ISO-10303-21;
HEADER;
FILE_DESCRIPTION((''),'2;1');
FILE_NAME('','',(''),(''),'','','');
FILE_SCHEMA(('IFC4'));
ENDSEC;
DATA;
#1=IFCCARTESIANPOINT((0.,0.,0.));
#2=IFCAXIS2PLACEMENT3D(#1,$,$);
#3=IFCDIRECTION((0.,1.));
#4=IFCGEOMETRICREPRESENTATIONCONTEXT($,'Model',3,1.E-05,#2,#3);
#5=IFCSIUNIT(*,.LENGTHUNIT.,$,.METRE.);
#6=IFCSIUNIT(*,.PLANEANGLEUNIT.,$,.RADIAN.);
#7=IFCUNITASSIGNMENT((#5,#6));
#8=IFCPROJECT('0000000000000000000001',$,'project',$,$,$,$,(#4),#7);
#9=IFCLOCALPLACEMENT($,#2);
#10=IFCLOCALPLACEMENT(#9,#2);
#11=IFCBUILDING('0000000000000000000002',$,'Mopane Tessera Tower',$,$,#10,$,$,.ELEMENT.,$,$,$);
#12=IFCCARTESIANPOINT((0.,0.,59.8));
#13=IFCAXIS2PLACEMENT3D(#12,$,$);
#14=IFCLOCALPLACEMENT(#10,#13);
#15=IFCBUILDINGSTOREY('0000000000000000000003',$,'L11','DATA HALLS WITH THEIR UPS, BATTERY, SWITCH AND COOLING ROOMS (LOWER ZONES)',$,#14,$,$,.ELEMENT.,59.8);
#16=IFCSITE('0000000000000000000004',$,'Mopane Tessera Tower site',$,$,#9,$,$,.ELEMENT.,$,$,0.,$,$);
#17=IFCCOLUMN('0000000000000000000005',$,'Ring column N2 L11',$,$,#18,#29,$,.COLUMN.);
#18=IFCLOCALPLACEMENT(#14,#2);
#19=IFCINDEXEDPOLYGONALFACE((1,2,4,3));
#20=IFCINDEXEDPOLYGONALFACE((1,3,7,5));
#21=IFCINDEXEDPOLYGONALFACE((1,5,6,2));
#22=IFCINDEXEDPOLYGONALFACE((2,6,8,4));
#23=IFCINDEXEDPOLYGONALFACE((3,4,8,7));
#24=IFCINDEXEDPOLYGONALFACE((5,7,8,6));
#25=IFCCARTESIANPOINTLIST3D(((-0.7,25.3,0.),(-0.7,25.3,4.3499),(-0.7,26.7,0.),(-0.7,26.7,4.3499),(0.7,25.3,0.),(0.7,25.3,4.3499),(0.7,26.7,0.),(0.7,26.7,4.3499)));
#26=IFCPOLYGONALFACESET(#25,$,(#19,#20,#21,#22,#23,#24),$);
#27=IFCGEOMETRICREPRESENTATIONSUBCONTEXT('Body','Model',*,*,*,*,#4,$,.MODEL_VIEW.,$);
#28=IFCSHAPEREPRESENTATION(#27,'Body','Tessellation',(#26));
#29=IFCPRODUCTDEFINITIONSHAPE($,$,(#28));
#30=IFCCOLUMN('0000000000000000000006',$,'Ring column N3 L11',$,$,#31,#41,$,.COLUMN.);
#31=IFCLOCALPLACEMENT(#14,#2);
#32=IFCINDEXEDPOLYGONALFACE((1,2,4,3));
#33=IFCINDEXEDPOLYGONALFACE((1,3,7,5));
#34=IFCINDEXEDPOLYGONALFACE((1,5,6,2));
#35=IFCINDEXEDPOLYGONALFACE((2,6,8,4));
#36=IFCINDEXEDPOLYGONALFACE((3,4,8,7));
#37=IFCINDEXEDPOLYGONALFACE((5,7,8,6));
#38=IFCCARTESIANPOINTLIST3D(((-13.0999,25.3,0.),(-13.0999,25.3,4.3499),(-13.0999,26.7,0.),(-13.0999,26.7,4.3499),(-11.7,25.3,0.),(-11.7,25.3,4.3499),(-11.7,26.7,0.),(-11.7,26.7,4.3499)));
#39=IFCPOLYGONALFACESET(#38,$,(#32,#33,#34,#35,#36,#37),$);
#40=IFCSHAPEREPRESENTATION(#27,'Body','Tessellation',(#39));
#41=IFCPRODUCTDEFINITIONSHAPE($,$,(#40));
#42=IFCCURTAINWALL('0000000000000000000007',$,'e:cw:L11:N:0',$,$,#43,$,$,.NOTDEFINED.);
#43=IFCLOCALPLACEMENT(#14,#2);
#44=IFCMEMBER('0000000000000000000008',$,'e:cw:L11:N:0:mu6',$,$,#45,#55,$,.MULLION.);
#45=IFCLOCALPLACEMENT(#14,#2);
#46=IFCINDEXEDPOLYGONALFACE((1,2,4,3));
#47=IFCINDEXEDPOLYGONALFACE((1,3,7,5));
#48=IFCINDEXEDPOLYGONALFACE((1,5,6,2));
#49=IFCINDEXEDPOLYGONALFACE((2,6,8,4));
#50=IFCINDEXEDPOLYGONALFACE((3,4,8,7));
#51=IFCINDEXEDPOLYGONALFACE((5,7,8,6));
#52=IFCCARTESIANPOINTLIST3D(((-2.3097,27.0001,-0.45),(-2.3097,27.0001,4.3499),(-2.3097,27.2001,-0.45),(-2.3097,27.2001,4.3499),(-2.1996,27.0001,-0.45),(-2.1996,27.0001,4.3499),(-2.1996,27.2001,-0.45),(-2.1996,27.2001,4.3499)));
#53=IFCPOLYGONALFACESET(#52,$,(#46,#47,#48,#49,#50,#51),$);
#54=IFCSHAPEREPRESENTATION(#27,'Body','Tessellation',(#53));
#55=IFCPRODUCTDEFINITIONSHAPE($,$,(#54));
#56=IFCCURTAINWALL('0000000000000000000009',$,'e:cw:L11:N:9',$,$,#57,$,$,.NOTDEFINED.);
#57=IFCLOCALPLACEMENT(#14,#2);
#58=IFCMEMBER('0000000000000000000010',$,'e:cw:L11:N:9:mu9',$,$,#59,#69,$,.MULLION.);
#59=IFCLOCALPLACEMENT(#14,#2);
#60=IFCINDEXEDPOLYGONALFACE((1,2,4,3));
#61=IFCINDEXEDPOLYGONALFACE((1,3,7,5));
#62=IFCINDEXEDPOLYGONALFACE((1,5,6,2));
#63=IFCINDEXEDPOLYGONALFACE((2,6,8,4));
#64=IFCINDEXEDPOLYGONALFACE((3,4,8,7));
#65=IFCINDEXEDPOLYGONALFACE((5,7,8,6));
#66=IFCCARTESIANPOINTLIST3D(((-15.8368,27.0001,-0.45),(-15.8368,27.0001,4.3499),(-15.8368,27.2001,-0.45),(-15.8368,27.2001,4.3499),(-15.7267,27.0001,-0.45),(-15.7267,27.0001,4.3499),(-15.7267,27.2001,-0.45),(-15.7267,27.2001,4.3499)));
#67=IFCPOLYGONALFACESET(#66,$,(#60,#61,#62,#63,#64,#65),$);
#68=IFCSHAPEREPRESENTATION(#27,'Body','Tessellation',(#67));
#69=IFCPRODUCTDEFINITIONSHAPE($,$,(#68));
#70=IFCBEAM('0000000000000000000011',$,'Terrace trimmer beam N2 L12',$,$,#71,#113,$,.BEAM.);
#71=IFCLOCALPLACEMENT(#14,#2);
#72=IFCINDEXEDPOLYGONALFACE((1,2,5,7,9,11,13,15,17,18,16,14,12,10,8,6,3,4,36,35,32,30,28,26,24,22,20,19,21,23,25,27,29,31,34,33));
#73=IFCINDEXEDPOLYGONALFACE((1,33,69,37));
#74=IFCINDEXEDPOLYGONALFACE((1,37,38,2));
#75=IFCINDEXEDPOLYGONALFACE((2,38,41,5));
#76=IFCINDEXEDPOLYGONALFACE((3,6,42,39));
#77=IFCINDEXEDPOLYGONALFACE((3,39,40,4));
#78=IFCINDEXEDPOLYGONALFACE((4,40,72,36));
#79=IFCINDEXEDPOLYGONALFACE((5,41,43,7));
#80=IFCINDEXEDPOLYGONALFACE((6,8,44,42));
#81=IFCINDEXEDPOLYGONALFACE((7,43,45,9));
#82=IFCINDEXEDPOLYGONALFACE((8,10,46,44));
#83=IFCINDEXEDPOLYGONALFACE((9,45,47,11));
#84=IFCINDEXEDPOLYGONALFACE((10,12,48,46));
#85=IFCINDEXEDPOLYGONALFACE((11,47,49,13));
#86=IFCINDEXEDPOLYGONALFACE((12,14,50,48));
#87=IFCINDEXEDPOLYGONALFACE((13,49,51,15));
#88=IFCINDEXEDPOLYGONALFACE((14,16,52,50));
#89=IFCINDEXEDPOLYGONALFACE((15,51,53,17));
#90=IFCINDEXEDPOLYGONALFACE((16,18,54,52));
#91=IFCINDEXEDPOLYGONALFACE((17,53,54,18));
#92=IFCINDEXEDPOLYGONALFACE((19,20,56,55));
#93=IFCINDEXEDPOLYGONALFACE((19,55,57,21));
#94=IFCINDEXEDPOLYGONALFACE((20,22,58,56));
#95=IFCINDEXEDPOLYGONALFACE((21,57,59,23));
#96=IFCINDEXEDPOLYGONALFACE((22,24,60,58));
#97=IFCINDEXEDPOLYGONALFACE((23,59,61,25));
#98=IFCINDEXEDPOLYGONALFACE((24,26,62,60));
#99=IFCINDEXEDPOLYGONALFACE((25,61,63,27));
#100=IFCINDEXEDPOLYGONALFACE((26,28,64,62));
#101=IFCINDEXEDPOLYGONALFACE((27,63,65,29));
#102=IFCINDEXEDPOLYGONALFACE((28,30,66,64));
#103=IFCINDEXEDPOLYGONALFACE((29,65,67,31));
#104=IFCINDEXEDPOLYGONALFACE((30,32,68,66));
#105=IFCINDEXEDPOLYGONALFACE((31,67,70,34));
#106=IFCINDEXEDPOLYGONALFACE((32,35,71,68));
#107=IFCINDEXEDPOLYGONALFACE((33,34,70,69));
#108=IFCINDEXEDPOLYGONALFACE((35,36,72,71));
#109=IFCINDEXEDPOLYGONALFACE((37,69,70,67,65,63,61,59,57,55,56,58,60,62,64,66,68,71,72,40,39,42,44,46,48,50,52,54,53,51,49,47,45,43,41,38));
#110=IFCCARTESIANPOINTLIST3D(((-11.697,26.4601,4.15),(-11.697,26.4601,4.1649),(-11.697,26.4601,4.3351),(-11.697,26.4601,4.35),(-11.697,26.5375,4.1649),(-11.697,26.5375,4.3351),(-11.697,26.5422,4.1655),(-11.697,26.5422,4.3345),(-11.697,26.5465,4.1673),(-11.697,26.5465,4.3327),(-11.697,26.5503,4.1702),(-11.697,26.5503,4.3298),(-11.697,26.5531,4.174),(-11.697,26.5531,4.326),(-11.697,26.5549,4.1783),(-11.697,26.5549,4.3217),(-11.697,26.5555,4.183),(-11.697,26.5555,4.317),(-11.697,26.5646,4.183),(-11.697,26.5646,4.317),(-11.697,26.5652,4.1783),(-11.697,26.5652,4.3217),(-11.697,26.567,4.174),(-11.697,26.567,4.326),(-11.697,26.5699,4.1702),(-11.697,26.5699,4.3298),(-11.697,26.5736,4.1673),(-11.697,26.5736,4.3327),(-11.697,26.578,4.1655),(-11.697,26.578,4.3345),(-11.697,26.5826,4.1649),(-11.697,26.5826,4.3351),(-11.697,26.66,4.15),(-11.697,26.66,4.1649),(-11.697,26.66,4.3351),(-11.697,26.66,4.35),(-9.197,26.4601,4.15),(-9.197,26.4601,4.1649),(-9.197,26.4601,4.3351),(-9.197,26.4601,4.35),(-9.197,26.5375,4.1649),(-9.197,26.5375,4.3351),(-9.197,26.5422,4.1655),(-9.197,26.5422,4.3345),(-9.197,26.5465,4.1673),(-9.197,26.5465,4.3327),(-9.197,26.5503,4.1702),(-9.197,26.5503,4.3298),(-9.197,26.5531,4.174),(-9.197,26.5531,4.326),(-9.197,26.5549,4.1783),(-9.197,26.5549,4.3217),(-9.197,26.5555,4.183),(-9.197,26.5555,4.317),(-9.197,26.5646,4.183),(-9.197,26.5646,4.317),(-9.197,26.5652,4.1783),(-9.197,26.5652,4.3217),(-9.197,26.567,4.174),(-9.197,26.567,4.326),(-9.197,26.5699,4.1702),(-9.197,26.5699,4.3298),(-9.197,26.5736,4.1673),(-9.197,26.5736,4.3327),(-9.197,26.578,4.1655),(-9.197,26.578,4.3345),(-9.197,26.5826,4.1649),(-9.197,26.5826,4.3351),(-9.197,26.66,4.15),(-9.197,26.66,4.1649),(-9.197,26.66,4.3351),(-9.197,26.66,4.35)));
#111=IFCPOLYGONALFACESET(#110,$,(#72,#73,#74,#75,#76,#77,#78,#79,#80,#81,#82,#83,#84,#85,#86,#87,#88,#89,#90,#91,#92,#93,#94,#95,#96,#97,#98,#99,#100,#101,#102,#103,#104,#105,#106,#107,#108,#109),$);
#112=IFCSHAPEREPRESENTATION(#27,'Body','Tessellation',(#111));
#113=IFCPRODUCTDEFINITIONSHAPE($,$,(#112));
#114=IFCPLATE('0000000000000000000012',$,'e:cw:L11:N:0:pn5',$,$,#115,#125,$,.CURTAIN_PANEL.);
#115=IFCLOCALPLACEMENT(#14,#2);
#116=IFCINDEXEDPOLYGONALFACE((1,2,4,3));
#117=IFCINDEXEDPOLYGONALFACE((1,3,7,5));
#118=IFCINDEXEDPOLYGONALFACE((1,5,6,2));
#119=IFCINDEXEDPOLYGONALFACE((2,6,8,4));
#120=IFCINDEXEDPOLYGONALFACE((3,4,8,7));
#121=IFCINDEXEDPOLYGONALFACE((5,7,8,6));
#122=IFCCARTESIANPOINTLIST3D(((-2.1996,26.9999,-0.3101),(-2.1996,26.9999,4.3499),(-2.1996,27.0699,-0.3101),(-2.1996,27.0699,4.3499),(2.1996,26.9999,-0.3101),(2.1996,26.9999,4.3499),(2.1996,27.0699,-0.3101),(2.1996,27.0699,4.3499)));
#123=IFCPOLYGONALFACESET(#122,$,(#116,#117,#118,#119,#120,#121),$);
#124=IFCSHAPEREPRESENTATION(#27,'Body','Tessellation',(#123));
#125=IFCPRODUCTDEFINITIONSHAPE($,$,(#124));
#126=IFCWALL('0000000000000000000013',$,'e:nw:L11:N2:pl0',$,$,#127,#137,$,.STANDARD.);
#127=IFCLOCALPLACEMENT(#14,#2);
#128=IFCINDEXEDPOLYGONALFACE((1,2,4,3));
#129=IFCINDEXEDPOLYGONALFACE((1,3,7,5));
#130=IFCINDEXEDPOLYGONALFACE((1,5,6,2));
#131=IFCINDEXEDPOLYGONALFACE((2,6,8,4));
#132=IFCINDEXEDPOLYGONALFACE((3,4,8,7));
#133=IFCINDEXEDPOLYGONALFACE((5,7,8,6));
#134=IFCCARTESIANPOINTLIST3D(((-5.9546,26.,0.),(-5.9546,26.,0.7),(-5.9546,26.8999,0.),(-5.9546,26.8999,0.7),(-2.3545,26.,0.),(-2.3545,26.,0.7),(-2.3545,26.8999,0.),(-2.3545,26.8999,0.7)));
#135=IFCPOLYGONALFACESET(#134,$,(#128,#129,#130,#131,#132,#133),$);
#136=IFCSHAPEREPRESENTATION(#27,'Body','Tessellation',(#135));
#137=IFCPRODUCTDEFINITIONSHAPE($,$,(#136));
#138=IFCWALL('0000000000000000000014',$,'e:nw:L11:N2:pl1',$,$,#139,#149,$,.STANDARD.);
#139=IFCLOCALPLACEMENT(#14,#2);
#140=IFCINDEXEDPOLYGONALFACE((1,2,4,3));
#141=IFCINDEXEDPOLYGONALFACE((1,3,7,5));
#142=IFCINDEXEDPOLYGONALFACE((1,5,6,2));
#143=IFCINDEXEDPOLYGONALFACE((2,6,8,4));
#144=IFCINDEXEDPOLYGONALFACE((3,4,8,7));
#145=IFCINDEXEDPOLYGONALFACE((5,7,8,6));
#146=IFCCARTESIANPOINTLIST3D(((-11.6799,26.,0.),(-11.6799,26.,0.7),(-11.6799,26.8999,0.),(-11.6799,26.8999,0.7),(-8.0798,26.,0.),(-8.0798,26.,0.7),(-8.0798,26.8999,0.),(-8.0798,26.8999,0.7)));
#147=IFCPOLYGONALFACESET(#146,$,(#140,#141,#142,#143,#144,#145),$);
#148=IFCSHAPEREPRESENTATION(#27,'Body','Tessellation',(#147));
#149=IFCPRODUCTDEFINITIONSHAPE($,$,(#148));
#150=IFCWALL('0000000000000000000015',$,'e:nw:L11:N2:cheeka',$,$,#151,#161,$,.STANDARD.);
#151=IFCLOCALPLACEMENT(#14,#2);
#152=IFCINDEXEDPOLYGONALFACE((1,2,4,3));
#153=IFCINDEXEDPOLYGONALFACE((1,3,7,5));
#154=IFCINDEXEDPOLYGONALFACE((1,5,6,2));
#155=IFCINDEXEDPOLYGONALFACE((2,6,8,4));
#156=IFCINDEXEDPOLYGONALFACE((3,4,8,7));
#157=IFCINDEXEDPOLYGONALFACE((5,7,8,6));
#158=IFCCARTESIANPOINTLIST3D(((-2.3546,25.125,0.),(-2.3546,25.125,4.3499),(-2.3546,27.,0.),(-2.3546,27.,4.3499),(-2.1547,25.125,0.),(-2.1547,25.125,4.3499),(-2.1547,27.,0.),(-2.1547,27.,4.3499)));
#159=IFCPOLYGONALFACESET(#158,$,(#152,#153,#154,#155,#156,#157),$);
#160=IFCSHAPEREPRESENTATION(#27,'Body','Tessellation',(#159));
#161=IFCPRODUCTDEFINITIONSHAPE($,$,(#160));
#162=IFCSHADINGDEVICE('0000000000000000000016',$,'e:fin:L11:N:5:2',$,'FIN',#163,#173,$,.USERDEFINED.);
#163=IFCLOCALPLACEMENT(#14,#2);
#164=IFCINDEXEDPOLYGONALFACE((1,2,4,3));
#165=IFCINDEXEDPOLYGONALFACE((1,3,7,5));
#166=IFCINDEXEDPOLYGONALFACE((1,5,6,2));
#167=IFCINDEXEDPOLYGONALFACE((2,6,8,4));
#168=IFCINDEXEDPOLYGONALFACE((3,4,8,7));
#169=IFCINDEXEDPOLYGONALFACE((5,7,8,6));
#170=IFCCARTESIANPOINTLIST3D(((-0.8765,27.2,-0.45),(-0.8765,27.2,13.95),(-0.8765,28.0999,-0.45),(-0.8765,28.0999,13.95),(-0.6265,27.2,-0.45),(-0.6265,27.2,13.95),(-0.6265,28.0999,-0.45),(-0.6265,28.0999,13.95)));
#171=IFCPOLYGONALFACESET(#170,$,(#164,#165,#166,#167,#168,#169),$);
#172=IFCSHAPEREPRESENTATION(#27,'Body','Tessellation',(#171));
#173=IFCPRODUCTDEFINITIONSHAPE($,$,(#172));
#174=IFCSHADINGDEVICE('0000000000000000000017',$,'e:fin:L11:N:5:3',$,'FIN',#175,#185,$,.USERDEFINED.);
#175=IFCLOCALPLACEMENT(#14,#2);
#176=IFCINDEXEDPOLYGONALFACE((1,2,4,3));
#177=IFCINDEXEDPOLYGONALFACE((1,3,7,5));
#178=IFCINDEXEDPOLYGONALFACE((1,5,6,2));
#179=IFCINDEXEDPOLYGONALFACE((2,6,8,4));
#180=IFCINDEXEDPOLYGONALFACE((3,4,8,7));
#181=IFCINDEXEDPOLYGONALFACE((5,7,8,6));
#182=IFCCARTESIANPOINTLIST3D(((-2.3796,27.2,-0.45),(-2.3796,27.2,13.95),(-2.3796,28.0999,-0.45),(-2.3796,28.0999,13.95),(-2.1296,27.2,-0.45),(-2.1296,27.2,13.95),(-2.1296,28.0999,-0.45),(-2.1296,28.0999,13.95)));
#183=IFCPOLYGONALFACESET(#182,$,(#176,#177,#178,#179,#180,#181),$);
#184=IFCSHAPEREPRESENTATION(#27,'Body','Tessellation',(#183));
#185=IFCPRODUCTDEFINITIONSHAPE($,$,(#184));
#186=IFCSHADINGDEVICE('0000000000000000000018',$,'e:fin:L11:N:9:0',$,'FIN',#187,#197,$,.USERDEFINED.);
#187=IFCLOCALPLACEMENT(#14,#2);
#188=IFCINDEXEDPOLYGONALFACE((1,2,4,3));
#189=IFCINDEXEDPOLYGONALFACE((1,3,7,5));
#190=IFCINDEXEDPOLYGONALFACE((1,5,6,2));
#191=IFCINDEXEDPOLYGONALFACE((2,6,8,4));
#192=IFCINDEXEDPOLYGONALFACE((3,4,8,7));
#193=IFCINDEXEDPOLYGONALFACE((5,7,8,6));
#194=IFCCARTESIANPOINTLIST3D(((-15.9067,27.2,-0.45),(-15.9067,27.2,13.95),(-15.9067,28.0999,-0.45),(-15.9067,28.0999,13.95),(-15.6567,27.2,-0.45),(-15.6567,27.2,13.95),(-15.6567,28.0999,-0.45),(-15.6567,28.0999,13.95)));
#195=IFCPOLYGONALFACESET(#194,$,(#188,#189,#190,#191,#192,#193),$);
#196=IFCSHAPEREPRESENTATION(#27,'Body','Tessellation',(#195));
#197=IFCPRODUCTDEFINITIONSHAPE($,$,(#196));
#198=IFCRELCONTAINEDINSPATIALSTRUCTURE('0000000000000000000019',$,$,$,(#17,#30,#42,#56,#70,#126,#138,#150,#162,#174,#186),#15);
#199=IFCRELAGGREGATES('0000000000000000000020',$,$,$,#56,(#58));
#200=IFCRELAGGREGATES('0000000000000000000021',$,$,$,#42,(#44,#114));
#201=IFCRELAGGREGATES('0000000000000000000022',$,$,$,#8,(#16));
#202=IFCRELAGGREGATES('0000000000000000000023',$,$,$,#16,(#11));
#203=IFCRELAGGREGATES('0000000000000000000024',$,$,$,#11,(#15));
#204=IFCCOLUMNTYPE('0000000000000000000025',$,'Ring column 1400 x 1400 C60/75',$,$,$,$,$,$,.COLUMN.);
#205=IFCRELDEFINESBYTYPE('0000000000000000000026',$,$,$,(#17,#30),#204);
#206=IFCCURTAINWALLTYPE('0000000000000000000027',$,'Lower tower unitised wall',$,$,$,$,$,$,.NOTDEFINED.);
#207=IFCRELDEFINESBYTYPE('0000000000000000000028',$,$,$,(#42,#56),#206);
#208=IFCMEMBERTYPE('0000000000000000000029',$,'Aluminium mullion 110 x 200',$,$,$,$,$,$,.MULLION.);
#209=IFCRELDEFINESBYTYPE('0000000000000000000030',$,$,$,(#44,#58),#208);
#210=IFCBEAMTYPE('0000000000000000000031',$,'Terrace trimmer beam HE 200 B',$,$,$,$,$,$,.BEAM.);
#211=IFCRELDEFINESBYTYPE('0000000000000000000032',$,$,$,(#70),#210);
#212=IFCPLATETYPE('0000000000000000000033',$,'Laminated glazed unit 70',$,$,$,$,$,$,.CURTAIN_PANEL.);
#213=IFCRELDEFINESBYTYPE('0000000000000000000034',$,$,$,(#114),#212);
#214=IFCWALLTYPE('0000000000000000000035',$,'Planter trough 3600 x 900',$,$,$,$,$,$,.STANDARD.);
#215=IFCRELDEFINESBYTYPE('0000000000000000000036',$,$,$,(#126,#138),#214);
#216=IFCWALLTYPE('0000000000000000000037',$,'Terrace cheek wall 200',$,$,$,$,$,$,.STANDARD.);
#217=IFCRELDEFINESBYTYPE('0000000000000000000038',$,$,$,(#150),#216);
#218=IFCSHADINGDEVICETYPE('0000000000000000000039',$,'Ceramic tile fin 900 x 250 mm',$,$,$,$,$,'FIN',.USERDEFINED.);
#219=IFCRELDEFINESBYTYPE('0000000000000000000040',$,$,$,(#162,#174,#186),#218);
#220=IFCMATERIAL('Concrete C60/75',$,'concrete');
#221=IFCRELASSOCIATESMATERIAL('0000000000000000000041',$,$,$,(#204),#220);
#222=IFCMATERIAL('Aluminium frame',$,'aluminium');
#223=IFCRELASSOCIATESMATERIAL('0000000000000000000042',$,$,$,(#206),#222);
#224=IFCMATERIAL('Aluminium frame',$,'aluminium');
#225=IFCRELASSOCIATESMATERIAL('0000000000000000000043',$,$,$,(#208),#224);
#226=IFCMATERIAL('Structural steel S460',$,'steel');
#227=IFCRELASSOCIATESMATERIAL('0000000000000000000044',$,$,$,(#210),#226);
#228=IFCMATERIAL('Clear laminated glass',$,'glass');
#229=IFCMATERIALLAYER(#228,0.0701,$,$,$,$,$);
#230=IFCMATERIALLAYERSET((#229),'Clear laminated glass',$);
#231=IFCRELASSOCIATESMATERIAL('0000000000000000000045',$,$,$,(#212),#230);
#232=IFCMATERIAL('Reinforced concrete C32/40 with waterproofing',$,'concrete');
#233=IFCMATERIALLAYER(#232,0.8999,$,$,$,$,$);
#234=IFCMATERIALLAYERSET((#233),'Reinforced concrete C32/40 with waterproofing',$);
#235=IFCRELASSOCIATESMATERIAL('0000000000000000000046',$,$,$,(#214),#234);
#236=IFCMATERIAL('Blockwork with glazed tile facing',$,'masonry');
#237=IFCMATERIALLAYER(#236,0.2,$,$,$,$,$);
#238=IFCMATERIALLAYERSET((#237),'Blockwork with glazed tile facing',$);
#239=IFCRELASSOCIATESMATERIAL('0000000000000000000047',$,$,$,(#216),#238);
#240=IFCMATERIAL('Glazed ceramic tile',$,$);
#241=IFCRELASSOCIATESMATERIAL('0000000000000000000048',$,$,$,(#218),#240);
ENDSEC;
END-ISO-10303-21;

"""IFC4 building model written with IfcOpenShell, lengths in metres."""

from ifc_helpers import new_model, si_unit, direction, frame, frame_2d, origin, origin_2d, place, context, subcontext, project, spatial, rectangle, i_section, extrude, material, layer, layer_set, material_profile, profile_set, type_object, element, aggregate, save


model = new_model("IFC4")

# Units and contexts
model_context = context("Model", 3, precision=1e-05, world=origin(), true_north=direction((0.0, 1.0)))
body_context = subcontext(model_context, "Body", "Model", "MODEL_VIEW")
ifc_project = project(units=[si_unit("LENGTHUNIT", "METRE"), si_unit("PLANEANGLEUNIT", "RADIAN")], contexts=[model_context])

# Site, building, storey
site_placement = place(None, origin())
site = spatial("IfcSite", under=ifc_project, at=site_placement, Name="Mopane Tessera Tower site", CompositionType="ELEMENT", RefElevation=0.0)
building_placement = place(site_placement, origin())
building = spatial("IfcBuilding", under=site, at=building_placement, Name="Mopane Tessera Tower", CompositionType="ELEMENT")
storey_placement = place(building_placement, frame((0.0, 0.0, 59.8)))
storey = spatial("IfcBuildingStorey", under=building, at=storey_placement, Name="L11", Description="DATA HALLS WITH THEIR UPS, BATTERY, SWITCH AND COOLING ROOMS (LOWER ZONES)", CompositionType="ELEMENT", Elevation=59.8)

# Columns
ifc_material_1 = material(Name="Concrete C60/75", Category="concrete")
ifc_material_profile_1 = material_profile(ifc_material_1, rectangle(XDim=1.3999, YDim=1.3999, at=origin_2d()))
ifc_profile_set_1 = profile_set([ifc_material_profile_1], Name="Concrete C60/75")
column_type = type_object("IfcColumnType", Name="Ring column 1400 x 1400 C60/75", PredefinedType="COLUMN", material=ifc_profile_set_1)
for number, where, z_axis, x_axis, name in (
    (1, (0.0, 26.0, 0.0), (0.0, 0.0, 1.0), (1.0, 0.0, 0.0), "Ring column N2 L11"),
    (2, (-12.3999, 26.0, 0.0), (0.0, 0.0, 1.0), (1.0, 0.0, 0.0), "Ring column N3 L11"),
):
    element("IfcColumn", number, at=place(storey_placement, frame(where, z_axis=z_axis, x_axis=x_axis)), inside=storey, type_object=column_type, Name=name, PredefinedType="COLUMN", context=body_context, shape_type="SweptSolid", body=[
        extrude(rectangle(XDim=1.3999, YDim=1.3999, at=origin_2d()), origin(), (0.0, 0.0, 1.0), 4.3499),
    ])

# Curtain walls, members
ifc_material_2 = material(Name="Aluminium frame", Category="aluminium")
curtain_wall_type = type_object("IfcCurtainWallType", Name="Lower tower unitised wall", PredefinedType="NOTDEFINED", material=ifc_material_2)
curtain_wall_1_placement = place(storey_placement, origin())
curtain_wall_1 = element("IfcCurtainWall", 3, at=curtain_wall_1_placement, inside=storey, type_object=curtain_wall_type, Name="e:cw:L11:N:0", PredefinedType="NOTDEFINED")
ifc_material_3 = material(Name="Aluminium frame", Category="aluminium")
ifc_material_profile_2 = material_profile(ifc_material_3, rectangle(XDim=0.1101, YDim=0.2, at=origin_2d()))
ifc_profile_set_2 = profile_set([ifc_material_profile_2], Name="Aluminium frame")
member_type = type_object("IfcMemberType", Name="Aluminium mullion 110 x 200", PredefinedType="MULLION", material=ifc_profile_set_2)
member_1_placement = place(storey_placement, frame((-2.2546, 27.1001, -0.45), z_axis=(0.0, 0.0, 1.0), x_axis=(-1.0, 0.0, 0.0)))
member_1 = element("IfcMember", 4, at=member_1_placement, type_object=member_type, Name="e:cw:L11:N:0:mu6", PredefinedType="MULLION", context=body_context, shape_type="SweptSolid", body=[
    extrude(rectangle(XDim=0.1101, YDim=0.2, at=origin_2d()), origin(), (0.0, 0.0, 1.0), 4.7998),
])
curtain_wall_2_placement = place(storey_placement, origin())
curtain_wall_2 = element("IfcCurtainWall", 5, at=curtain_wall_2_placement, inside=storey, type_object=curtain_wall_type, Name="e:cw:L11:N:9", PredefinedType="NOTDEFINED")
member_2_placement = place(storey_placement, frame((-15.7817, 27.1001, -0.45), z_axis=(0.0, 0.0, 1.0), x_axis=(-1.0, 0.0, 0.0)))
member_2 = element("IfcMember", 6, at=member_2_placement, type_object=member_type, Name="e:cw:L11:N:9:mu9", PredefinedType="MULLION", context=body_context, shape_type="SweptSolid", body=[
    extrude(rectangle(XDim=0.1101, YDim=0.2, at=origin_2d()), origin(), (0.0, 0.0, 1.0), 4.7998),
])
aggregate(curtain_wall_2, [member_2])

# Beam
ifc_material_4 = material(Name="Structural steel S460", Category="steel")
ifc_material_profile_3 = material_profile(ifc_material_4, i_section(OverallWidth=0.2, OverallDepth=0.2, WebThickness=0.009, FlangeThickness=0.0149, FilletRadius=0.0181, at=origin_2d()))
ifc_profile_set_3 = profile_set([ifc_material_profile_3], Name="Structural steel S460")
beam_type = type_object("IfcBeamType", Name="Terrace trimmer beam HE 200 B", PredefinedType="BEAM", material=ifc_profile_set_3)
beam_placement = place(storey_placement, frame((-11.697, 26.5601, 4.25), z_axis=(1.0, 0.0, 0.0), x_axis=(0.0, 1.0, 0.0)))
element("IfcBeam", 7, at=beam_placement, inside=storey, type_object=beam_type, Name="Terrace trimmer beam N2 L12", PredefinedType="BEAM", context=body_context, shape_type="SweptSolid", body=[
    extrude(i_section(OverallWidth=0.2, OverallDepth=0.2, WebThickness=0.009, FlangeThickness=0.0149, FilletRadius=0.0181, at=origin_2d()), origin(), (0.0, 0.0, 1.0), 2.5),
])

# Plate
ifc_material_5 = material(Name="Clear laminated glass", Category="glass")
ifc_layer_1 = layer(ifc_material_5, 0.0701)
ifc_layer_set_1 = layer_set([ifc_layer_1], Name="Clear laminated glass")
plate_type = type_object("IfcPlateType", Name="Laminated glazed unit 70", PredefinedType="CURTAIN_PANEL", material=ifc_layer_set_1)
plate_placement = place(storey_placement, frame((0.0, 27.0349, -0.3101), z_axis=(0.0, 0.0, 1.0), x_axis=(-1.0, 0.0, 0.0)))
plate = element("IfcPlate", 8, at=plate_placement, type_object=plate_type, Name="e:cw:L11:N:0:pn5", PredefinedType="CURTAIN_PANEL", context=body_context, shape_type="SweptSolid", body=[
    extrude(rectangle(XDim=4.3992, YDim=0.0701, at=origin_2d()), origin(), (0.0, 0.0, 1.0), 4.6599),
])
aggregate(curtain_wall_1, [member_1, plate])

# Walls
ifc_material_6 = material(Name="Reinforced concrete C32/40 with waterproofing", Category="concrete")
ifc_layer_2 = layer(ifc_material_6, 0.8999)
ifc_layer_set_2 = layer_set([ifc_layer_2], Name="Reinforced concrete C32/40 with waterproofing")
wall_type_1 = type_object("IfcWallType", Name="Planter trough 3600 x 900", PredefinedType="STANDARD", material=ifc_layer_set_2)
for number, where, z_axis, x_axis, name in (
    (9, (-2.3545, 26.45, 0.0), (0.0, 0.0, 1.0), (-1.0, 0.0, 0.0), "e:nw:L11:N2:pl0"),
    (10, (-8.0798, 26.45, 0.0), (0.0, 0.0, 1.0), (-1.0, 0.0, 0.0), "e:nw:L11:N2:pl1"),
):
    element("IfcWall", number, at=place(storey_placement, frame(where, z_axis=z_axis, x_axis=x_axis)), inside=storey, type_object=wall_type_1, Name=name, PredefinedType="STANDARD", context=body_context, shape_type="SweptSolid", body=[
        extrude(rectangle(XDim=3.6001, YDim=0.8999, at=frame_2d((1.8, 0.0))), origin(), (0.0, 0.0, 1.0), 0.7),
    ])
ifc_material_7 = material(Name="Blockwork with glazed tile facing", Category="masonry")
ifc_layer_3 = layer(ifc_material_7, 0.2)
ifc_layer_set_3 = layer_set([ifc_layer_3], Name="Blockwork with glazed tile facing")
wall_type_2 = type_object("IfcWallType", Name="Terrace cheek wall 200", PredefinedType="STANDARD", material=ifc_layer_set_3)
wall_placement = place(storey_placement, frame((-2.2546, 27.0, 0.0), z_axis=(0.0, 0.0, 1.0), x_axis=(0.0, -1.0, 0.0)))
element("IfcWall", 11, at=wall_placement, inside=storey, type_object=wall_type_2, Name="e:nw:L11:N2:cheeka", PredefinedType="STANDARD", context=body_context, shape_type="SweptSolid", body=[
    extrude(rectangle(XDim=1.875, YDim=0.2, at=frame_2d((0.9375, 0.0))), origin(), (0.0, 0.0, 1.0), 4.3499),
])

# Shading devices
ifc_material_8 = material(Name="Glazed ceramic tile")
shading_device_type = type_object("IfcShadingDeviceType", Name="Ceramic tile fin 900 x 250 mm", ElementType="FIN", PredefinedType="USERDEFINED", material=ifc_material_8)
for number, where, z_axis, x_axis, name in (
    (12, (-0.7515, 27.6499, -0.45), (0.0, 0.0, 1.0), (-1.0, 0.0, 0.0), "e:fin:L11:N:5:2"),
    (13, (-2.2546, 27.6499, -0.45), (0.0, 0.0, 1.0), (-1.0, 0.0, 0.0), "e:fin:L11:N:5:3"),
    (14, (-15.7817, 27.6499, -0.45), (0.0, 0.0, 1.0), (-1.0, 0.0, 0.0), "e:fin:L11:N:9:0"),
):
    element("IfcShadingDevice", number, at=place(storey_placement, frame(where, z_axis=z_axis, x_axis=x_axis)), inside=storey, type_object=shading_device_type, Name=name, ObjectType="FIN", PredefinedType="USERDEFINED", context=body_context, shape_type="SweptSolid", body=[
        extrude(rectangle(XDim=0.25, YDim=0.8999, at=origin_2d()), origin(), (0.0, 0.0, 1.0), 14.3999),
    ])

save(model, "model.ifc")
